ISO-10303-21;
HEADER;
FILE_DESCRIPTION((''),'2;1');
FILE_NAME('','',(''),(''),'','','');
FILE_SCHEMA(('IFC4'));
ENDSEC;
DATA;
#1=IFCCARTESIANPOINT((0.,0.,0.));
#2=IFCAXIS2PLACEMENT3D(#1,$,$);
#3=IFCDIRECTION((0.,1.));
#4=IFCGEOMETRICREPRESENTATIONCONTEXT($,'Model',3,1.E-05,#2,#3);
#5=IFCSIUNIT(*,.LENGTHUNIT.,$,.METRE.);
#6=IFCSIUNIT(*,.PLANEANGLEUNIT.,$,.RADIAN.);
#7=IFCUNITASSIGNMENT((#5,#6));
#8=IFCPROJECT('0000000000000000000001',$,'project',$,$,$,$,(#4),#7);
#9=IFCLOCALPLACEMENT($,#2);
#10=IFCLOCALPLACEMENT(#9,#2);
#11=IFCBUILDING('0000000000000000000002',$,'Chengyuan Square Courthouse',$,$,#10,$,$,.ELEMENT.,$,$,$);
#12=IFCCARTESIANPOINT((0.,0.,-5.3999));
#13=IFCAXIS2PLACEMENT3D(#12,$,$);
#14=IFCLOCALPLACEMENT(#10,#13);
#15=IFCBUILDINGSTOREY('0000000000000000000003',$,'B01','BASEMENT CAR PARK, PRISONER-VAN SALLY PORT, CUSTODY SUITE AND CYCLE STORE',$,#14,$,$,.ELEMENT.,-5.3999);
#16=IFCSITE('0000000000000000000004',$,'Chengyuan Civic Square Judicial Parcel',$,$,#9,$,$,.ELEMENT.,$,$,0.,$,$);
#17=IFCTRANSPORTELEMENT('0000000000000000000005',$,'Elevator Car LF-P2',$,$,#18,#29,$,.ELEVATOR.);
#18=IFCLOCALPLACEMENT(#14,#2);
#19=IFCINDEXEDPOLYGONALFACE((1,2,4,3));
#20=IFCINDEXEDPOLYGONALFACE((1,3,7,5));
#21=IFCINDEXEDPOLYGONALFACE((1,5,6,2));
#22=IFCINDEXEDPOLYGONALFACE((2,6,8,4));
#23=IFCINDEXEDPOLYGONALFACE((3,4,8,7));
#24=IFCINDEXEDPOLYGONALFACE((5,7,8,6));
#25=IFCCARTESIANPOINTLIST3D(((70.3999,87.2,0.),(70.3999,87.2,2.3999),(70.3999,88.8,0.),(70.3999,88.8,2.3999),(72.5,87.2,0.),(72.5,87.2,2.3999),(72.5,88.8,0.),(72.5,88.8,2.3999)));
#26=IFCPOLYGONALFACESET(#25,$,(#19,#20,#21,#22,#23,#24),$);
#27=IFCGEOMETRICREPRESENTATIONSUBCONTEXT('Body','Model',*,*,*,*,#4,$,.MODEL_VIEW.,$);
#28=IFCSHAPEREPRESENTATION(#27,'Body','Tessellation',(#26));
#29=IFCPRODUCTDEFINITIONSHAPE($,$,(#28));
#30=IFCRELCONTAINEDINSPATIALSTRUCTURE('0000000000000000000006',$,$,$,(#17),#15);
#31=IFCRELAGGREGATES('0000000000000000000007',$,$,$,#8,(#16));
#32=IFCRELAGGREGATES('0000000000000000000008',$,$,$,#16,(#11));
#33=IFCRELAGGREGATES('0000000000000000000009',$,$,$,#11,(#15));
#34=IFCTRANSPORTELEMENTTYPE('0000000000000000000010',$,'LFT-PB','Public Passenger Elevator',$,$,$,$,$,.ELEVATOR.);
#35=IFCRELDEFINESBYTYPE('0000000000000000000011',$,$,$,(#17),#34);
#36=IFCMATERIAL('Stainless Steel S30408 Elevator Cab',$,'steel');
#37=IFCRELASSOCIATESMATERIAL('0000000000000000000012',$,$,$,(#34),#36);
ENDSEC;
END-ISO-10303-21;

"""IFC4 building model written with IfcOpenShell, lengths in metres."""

from ifc_helpers import new_model, si_unit, direction, frame, origin, origin_2d, place, context, subcontext, project, spatial, rectangle, extrude, material, type_object, element, save


model = new_model("IFC4")

# Units and contexts
model_context = context("Model", 3, precision=1e-05, world=origin(), true_north=direction((0.0, 1.0)))
body_context = subcontext(model_context, "Body", "Model", "MODEL_VIEW")
ifc_project = project(units=[si_unit("LENGTHUNIT", "METRE"), si_unit("PLANEANGLEUNIT", "RADIAN")], contexts=[model_context])

# Site, building, storey
site_placement = place(None, origin())
site = spatial("IfcSite", under=ifc_project, at=site_placement, Name="Chengyuan Civic Square Judicial Parcel", CompositionType="ELEMENT", RefElevation=0.0)
building_placement = place(site_placement, origin())
building = spatial("IfcBuilding", under=site, at=building_placement, Name="Chengyuan Square Courthouse", CompositionType="ELEMENT")
storey_placement = place(building_placement, frame((0.0, 0.0, -5.3999)))
storey = spatial("IfcBuildingStorey", under=building, at=storey_placement, Name="B01", Description="BASEMENT CAR PARK, PRISONER-VAN SALLY PORT, CUSTODY SUITE AND CYCLE STORE", CompositionType="ELEMENT", Elevation=-5.3999)

# Transport element
ifc_material_1 = material(Name="Stainless Steel S30408 Elevator Cab", Category="steel")
transport_element_type = type_object("IfcTransportElementType", Name="LFT-PB", Description="Public Passenger Elevator", PredefinedType="ELEVATOR", material=ifc_material_1)
for number, where, z_axis, x_axis, name in (
    (1, (71.45, 88.0, 0.0), (0.0, 0.0, 1.0), (1.0, 0.0, 0.0), "Elevator Car LF-P2"),
):
    element("IfcTransportElement", number, at=place(storey_placement, frame(where, z_axis=z_axis, x_axis=x_axis)), inside=storey, type_object=transport_element_type, Name=name, PredefinedType="ELEVATOR", context=body_context, shape_type="SweptSolid", body=[
        extrude(rectangle(XDim=2.1001, YDim=1.6001, at=origin_2d()), origin(), (0.0, 0.0, 1.0), 2.3999),
    ])

save(model, "model.ifc")
